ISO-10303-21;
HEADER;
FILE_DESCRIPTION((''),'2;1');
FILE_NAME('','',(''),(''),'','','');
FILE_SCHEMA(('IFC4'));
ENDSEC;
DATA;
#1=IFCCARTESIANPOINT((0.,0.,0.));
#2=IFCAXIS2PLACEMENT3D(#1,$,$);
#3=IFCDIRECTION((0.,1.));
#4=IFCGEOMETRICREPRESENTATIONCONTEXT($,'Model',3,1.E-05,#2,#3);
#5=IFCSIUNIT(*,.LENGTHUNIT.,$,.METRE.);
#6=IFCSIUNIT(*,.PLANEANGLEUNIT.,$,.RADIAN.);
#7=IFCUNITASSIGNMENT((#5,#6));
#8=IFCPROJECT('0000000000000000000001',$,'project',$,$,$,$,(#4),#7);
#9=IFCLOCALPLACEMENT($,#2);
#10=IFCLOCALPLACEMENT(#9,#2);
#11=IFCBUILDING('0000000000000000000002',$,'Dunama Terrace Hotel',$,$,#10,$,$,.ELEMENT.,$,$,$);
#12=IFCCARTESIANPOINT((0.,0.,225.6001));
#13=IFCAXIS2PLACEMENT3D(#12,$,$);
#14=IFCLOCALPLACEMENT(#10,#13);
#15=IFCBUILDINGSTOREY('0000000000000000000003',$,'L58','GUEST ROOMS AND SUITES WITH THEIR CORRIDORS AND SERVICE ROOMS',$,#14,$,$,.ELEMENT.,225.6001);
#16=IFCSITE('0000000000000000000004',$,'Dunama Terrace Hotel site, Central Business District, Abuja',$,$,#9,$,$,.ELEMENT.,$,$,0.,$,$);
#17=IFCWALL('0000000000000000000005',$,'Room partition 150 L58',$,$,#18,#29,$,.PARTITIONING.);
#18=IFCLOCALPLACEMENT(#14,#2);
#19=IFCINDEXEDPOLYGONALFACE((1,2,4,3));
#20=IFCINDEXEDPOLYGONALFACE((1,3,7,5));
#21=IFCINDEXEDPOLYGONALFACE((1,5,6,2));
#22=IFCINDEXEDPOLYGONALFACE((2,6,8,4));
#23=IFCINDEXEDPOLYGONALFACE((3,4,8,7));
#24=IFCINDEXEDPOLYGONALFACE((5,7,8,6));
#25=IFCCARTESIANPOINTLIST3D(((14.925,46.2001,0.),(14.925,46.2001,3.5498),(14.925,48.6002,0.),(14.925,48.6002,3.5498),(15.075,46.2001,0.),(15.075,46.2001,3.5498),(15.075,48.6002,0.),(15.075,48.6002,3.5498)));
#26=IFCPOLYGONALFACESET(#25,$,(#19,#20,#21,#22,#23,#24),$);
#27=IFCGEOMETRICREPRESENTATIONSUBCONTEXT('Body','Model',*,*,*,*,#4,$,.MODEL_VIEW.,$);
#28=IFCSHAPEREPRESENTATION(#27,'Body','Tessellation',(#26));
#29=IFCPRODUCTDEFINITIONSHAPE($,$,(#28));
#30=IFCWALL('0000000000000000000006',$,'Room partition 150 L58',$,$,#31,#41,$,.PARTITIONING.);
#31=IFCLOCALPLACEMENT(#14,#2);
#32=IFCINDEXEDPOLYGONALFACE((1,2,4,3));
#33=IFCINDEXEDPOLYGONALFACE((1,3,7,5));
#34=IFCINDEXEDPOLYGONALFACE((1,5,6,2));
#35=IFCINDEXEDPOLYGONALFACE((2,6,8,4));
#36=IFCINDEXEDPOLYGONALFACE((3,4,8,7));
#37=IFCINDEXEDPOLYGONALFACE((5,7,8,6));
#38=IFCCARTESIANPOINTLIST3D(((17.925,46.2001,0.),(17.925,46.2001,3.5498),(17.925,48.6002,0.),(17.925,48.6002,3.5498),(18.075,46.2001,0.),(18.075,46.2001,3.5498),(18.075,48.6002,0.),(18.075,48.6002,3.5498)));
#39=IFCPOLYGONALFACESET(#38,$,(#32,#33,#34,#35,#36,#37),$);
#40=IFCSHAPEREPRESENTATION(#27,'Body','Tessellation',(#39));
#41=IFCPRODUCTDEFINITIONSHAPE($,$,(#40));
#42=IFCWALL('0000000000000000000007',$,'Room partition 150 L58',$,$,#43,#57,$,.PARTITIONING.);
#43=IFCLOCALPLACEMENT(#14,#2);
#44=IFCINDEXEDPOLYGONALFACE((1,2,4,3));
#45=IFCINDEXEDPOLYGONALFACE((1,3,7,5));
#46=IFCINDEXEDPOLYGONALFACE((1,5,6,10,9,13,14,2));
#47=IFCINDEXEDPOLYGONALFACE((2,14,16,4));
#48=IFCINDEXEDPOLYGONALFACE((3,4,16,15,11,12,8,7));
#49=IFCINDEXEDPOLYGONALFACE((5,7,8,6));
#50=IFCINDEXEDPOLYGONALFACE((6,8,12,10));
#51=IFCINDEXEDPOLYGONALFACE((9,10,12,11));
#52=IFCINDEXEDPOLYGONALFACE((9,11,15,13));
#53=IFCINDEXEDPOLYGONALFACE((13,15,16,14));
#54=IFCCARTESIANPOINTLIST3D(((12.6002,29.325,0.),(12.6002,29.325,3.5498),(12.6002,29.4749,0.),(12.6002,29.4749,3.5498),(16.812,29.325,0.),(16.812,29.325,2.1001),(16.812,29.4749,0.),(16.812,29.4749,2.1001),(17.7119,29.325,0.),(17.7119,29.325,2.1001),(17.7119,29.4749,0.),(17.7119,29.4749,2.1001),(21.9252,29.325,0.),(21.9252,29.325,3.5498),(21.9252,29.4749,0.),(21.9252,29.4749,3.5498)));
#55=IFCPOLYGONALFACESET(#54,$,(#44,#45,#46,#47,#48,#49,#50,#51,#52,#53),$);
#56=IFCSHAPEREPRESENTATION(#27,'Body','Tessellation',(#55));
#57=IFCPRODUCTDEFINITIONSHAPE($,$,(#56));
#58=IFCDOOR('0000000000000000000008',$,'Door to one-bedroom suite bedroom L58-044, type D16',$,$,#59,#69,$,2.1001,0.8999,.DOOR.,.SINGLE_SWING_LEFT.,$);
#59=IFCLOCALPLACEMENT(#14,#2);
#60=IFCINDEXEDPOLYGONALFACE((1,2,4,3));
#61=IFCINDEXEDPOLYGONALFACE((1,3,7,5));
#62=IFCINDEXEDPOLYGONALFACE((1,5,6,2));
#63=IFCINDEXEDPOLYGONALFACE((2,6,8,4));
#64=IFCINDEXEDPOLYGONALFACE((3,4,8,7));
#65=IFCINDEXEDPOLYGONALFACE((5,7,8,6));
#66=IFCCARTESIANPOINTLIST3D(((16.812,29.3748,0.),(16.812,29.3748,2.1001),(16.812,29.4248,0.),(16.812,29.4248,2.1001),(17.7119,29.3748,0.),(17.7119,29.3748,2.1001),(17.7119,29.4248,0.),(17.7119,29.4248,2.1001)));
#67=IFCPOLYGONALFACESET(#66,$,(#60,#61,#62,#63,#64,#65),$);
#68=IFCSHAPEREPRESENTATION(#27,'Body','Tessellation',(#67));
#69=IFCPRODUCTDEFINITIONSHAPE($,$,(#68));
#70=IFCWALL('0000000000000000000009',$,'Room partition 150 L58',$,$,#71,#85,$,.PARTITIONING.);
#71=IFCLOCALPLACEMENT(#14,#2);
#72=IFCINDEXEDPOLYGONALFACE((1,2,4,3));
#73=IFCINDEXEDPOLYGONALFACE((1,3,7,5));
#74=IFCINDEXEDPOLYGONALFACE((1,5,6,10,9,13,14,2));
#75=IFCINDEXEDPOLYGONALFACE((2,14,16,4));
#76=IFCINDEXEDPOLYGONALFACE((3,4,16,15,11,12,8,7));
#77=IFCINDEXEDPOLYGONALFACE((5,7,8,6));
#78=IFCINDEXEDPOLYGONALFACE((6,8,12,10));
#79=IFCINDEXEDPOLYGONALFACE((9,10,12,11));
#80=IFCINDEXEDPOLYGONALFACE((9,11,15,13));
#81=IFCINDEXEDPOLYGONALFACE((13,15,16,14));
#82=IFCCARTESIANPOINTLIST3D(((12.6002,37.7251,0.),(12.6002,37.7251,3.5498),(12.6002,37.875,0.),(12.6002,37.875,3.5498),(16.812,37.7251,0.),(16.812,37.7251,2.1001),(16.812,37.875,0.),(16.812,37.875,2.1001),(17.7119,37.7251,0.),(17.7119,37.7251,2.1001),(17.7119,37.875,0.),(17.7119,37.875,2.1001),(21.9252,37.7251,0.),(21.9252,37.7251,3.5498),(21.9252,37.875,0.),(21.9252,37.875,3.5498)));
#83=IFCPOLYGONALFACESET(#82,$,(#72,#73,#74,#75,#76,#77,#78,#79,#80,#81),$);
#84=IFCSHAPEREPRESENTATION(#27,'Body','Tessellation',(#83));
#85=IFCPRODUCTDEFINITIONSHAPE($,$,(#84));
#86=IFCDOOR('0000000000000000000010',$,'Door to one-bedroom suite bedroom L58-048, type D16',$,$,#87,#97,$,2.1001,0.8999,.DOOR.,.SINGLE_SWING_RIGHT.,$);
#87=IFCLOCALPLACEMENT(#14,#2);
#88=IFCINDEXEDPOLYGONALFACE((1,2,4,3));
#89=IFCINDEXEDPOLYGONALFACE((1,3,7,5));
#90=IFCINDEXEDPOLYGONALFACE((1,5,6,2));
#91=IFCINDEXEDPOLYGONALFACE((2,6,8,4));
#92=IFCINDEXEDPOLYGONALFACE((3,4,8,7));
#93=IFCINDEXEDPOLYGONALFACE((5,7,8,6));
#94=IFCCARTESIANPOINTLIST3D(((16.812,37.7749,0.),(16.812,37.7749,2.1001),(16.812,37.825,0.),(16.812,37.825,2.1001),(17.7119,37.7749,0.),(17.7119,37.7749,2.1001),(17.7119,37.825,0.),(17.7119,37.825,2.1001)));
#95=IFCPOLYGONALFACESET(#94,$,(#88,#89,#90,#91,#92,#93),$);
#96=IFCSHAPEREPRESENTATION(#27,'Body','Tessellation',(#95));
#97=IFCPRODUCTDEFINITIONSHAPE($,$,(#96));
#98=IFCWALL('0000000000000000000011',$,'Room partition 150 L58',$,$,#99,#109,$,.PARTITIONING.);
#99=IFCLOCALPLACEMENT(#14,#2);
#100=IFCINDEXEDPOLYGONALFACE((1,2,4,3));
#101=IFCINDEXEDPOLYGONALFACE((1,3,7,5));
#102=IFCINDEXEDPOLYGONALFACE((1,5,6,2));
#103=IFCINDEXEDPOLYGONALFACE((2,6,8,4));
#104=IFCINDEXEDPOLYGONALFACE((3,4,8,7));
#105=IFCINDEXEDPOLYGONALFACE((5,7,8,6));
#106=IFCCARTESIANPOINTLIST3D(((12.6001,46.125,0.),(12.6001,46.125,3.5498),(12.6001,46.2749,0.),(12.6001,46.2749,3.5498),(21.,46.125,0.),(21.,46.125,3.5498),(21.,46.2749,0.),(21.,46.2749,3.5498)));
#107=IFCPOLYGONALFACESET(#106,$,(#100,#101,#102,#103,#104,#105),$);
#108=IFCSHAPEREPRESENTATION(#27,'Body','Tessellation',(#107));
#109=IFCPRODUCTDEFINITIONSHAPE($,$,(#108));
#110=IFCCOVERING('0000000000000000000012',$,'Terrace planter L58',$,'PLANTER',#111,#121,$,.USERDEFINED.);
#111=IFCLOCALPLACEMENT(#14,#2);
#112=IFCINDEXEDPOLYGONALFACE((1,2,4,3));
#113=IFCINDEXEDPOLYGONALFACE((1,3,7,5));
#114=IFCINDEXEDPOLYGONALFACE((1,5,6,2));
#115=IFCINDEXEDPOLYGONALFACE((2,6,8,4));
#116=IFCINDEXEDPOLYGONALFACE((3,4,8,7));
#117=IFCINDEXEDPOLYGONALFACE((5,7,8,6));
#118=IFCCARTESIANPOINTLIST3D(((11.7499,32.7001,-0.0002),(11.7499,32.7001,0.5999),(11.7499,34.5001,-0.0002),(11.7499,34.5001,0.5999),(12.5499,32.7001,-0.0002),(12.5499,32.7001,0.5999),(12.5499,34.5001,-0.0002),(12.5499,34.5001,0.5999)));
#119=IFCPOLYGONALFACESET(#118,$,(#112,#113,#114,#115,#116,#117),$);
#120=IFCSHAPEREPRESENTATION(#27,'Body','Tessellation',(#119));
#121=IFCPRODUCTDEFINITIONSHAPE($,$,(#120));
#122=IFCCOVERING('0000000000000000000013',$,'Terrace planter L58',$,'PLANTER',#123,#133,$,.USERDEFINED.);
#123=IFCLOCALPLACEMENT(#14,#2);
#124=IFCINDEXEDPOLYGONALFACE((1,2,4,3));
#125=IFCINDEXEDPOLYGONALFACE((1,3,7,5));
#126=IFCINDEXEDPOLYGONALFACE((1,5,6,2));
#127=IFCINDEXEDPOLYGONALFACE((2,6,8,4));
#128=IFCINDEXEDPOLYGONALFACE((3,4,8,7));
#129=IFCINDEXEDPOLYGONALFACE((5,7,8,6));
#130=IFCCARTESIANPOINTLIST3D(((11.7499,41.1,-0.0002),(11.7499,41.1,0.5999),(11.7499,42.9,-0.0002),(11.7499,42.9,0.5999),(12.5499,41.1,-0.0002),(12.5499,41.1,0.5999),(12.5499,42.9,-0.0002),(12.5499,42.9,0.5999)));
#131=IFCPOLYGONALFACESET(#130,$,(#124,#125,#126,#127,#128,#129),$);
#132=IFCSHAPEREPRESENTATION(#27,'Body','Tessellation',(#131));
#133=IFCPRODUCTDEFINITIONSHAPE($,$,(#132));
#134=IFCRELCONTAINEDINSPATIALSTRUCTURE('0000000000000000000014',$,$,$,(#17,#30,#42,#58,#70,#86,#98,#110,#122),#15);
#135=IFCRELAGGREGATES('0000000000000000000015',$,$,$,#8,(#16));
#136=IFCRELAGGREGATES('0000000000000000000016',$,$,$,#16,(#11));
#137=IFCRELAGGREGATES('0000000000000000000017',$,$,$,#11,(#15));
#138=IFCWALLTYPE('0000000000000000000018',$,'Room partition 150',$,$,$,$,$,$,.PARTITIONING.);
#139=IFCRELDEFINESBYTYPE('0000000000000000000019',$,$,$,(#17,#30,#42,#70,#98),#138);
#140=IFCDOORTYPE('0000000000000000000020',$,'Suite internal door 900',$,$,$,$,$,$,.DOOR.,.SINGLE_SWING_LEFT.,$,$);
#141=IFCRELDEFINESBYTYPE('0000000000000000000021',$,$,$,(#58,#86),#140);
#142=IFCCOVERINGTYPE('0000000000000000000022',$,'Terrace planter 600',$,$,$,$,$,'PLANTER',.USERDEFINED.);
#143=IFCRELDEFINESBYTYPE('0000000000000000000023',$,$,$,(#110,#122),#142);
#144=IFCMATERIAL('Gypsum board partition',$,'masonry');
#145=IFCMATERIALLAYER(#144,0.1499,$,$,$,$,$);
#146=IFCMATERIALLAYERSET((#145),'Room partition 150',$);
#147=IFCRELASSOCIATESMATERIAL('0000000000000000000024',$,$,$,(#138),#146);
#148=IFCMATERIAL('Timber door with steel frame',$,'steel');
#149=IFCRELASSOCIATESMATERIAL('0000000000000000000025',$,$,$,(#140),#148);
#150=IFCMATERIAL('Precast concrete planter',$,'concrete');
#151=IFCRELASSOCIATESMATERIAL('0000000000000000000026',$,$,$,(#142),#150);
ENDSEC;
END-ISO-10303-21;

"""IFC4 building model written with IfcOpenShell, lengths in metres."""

from ifc_helpers import new_model, si_unit, direction, frame, frame_2d, origin, origin_2d, place, context, subcontext, project, spatial, rectangle, extrude, material, layer, layer_set, type_object, element, fill, save


model = new_model("IFC4")

# Units and contexts
model_context = context("Model", 3, precision=1e-05, world=origin(), true_north=direction((0.0, 1.0)))
body_context = subcontext(model_context, "Body", "Model", "MODEL_VIEW")
ifc_project = project(units=[si_unit("LENGTHUNIT", "METRE"), si_unit("PLANEANGLEUNIT", "RADIAN")], contexts=[model_context])

# Site, building, storey
site_placement = place(None, origin())
site = spatial("IfcSite", under=ifc_project, at=site_placement, Name="Dunama Terrace Hotel site, Central Business District, Abuja", CompositionType="ELEMENT", RefElevation=0.0)
building_placement = place(site_placement, origin())
building = spatial("IfcBuilding", under=site, at=building_placement, Name="Dunama Terrace Hotel", CompositionType="ELEMENT")
storey_placement = place(building_placement, frame((0.0, 0.0, 225.6001)))
storey = spatial("IfcBuildingStorey", under=building, at=storey_placement, Name="L58", Description="GUEST ROOMS AND SUITES WITH THEIR CORRIDORS AND SERVICE ROOMS", CompositionType="ELEMENT", Elevation=225.6001)

# Walls
ifc_material_1 = material(Name="Gypsum board partition", Category="masonry")
ifc_layer_1 = layer(ifc_material_1, 0.1499)
ifc_layer_set_1 = layer_set([ifc_layer_1], Name="Room partition 150")
wall_type_1 = type_object("IfcWallType", Name="Room partition 150", PredefinedType="PARTITIONING", material=ifc_layer_set_1)
for number, where, z_axis, x_axis, name in (
    (1, (15.0, 46.2, 0.0), (0.0, 0.0, 1.0), (0.0, 1.0, 0.0), "Room partition 150 L58"),
    (2, (18.0, 46.2, 0.0), (0.0, 0.0, 1.0), (0.0, 1.0, 0.0), "Room partition 150 L58"),
):
    element("IfcWall", number, at=place(storey_placement, frame(where, z_axis=z_axis, x_axis=x_axis)), inside=storey, type_object=wall_type_1, Name=name, PredefinedType="PARTITIONING", context=body_context, shape_type="SweptSolid", body=[
        extrude(rectangle(XDim=2.4001, YDim=0.1499, at=frame_2d((1.2002, 0.0))), origin(), (0.0, 0.0, 1.0), 3.5498),
    ])

# Walls, openings, doors
wall_1_placement = place(storey_placement, frame((12.6001, 29.3999, 0.0), z_axis=(0.0, 0.0, 1.0), x_axis=(1.0, 0.0, 0.0)))
wall_1 = element("IfcWall", 3, at=wall_1_placement, inside=storey, type_object=wall_type_1, Name="Room partition 150 L58", PredefinedType="PARTITIONING", context=body_context, shape_type="SweptSolid", body=[
    extrude(rectangle(XDim=9.325, YDim=0.1499, at=frame_2d((4.6626, 0.0))), origin(), (0.0, 0.0, 1.0), 3.5498),
])
opening_1_placement = place(wall_1_placement, frame((4.2119, 0.0, 0.0)))
opening_1 = element("IfcOpeningElement", 4, at=opening_1_placement, cuts=wall_1, PredefinedType="OPENING", context=body_context, shape_type="SweptSolid", body=[
    extrude(rectangle(XDim=0.8999, YDim=2.1001, at=frame_2d((0.45, 1.05))), frame((0.0, 0.085, 0.0), z_axis=(0.0, -1.0, 0.0), x_axis=(1.0, 0.0, 0.0)), (0.0, 0.0, 1.0), 0.1699),
])
ifc_material_2 = material(Name="Timber door with steel frame", Category="steel")
door_type_1 = type_object("IfcDoorType", Name="Suite internal door 900", OperationType="SINGLE_SWING_LEFT", PredefinedType="DOOR", material=ifc_material_2)
door_1_placement = place(opening_1_placement, frame((0.8999, 0.0, 0.0), z_axis=(0.0, 0.0, 1.0), x_axis=(-1.0, 0.0, 0.0)))
door_1 = element("IfcDoor", 5, at=door_1_placement, inside=storey, type_object=door_type_1, Name="Door to one-bedroom suite bedroom L58-044, type D16", OperationType="SINGLE_SWING_LEFT", OverallHeight=2.1001, OverallWidth=0.8999, PredefinedType="DOOR", context=body_context, shape_type="SweptSolid", body=[
    extrude(rectangle(XDim=0.8999, YDim=2.1001, at=frame_2d((0.45, 1.05))), frame((0.0, 0.0251, 0.0), z_axis=(0.0, -1.0, 0.0), x_axis=(1.0, 0.0, 0.0)), (0.0, 0.0, 1.0), 0.05),
])
fill(opening_1, door_1)
wall_2_placement = place(storey_placement, frame((12.6001, 37.8, 0.0), z_axis=(0.0, 0.0, 1.0), x_axis=(1.0, 0.0, 0.0)))
wall_2 = element("IfcWall", 6, at=wall_2_placement, inside=storey, type_object=wall_type_1, Name="Room partition 150 L58", PredefinedType="PARTITIONING", context=body_context, shape_type="SweptSolid", body=[
    extrude(rectangle(XDim=9.325, YDim=0.1499, at=frame_2d((4.6626, 0.0))), origin(), (0.0, 0.0, 1.0), 3.5498),
])
opening_2_placement = place(wall_2_placement, frame((4.2119, 0.0, 0.0)))
opening_2 = element("IfcOpeningElement", 7, at=opening_2_placement, cuts=wall_2, PredefinedType="OPENING", context=body_context, shape_type="SweptSolid", body=[
    extrude(rectangle(XDim=0.8999, YDim=2.1001, at=frame_2d((0.45, 1.05))), frame((0.0, 0.085, 0.0), z_axis=(0.0, -1.0, 0.0), x_axis=(1.0, 0.0, 0.0)), (0.0, 0.0, 1.0), 0.1699),
])
door_2_placement = place(opening_2_placement, origin())
door_2 = element("IfcDoor", 8, at=door_2_placement, inside=storey, type_object=door_type_1, Name="Door to one-bedroom suite bedroom L58-048, type D16", OperationType="SINGLE_SWING_RIGHT", OverallHeight=2.1001, OverallWidth=0.8999, PredefinedType="DOOR", context=body_context, shape_type="SweptSolid", body=[
    extrude(rectangle(XDim=0.8999, YDim=2.1001, at=frame_2d((0.45, 1.05))), frame((0.0, 0.0249, 0.0), z_axis=(0.0, -1.0, 0.0), x_axis=(1.0, 0.0, 0.0)), (0.0, 0.0, 1.0), 0.05),
])
fill(opening_2, door_2)

# Wall
wall_3_placement = place(storey_placement, frame((12.6001, 46.2, 0.0), z_axis=(0.0, 0.0, 1.0), x_axis=(1.0, 0.0, 0.0)))
element("IfcWall", 9, at=wall_3_placement, inside=storey, type_object=wall_type_1, Name="Room partition 150 L58", PredefinedType="PARTITIONING", context=body_context, shape_type="SweptSolid", body=[
    extrude(rectangle(XDim=8.3999, YDim=0.1499, at=frame_2d((4.2, 0.0))), origin(), (0.0, 0.0, 1.0), 3.5498),
])

# Coverings
ifc_material_3 = material(Name="Precast concrete planter", Category="concrete")
covering_type = type_object("IfcCoveringType", Name="Terrace planter 600", ElementType="PLANTER", PredefinedType="USERDEFINED", material=ifc_material_3)
for number, where, z_axis, x_axis, name in (
    (10, (12.1499, 33.6001, -0.0002), (0.0, 0.0, 1.0), (1.0, 0.0, 0.0), "Terrace planter L58"),
    (11, (12.1499, 42.0, -0.0002), (0.0, 0.0, 1.0), (1.0, 0.0, 0.0), "Terrace planter L58"),
):
    element("IfcCovering", number, at=place(storey_placement, frame(where, z_axis=z_axis, x_axis=x_axis)), inside=storey, type_object=covering_type, Name=name, ObjectType="PLANTER", PredefinedType="USERDEFINED", context=body_context, shape_type="SweptSolid", body=[
        extrude(rectangle(XDim=0.8, YDim=1.8, at=origin_2d()), origin(), (0.0, 0.0, 1.0), 0.6001),
    ])

save(model, "model.ifc")
